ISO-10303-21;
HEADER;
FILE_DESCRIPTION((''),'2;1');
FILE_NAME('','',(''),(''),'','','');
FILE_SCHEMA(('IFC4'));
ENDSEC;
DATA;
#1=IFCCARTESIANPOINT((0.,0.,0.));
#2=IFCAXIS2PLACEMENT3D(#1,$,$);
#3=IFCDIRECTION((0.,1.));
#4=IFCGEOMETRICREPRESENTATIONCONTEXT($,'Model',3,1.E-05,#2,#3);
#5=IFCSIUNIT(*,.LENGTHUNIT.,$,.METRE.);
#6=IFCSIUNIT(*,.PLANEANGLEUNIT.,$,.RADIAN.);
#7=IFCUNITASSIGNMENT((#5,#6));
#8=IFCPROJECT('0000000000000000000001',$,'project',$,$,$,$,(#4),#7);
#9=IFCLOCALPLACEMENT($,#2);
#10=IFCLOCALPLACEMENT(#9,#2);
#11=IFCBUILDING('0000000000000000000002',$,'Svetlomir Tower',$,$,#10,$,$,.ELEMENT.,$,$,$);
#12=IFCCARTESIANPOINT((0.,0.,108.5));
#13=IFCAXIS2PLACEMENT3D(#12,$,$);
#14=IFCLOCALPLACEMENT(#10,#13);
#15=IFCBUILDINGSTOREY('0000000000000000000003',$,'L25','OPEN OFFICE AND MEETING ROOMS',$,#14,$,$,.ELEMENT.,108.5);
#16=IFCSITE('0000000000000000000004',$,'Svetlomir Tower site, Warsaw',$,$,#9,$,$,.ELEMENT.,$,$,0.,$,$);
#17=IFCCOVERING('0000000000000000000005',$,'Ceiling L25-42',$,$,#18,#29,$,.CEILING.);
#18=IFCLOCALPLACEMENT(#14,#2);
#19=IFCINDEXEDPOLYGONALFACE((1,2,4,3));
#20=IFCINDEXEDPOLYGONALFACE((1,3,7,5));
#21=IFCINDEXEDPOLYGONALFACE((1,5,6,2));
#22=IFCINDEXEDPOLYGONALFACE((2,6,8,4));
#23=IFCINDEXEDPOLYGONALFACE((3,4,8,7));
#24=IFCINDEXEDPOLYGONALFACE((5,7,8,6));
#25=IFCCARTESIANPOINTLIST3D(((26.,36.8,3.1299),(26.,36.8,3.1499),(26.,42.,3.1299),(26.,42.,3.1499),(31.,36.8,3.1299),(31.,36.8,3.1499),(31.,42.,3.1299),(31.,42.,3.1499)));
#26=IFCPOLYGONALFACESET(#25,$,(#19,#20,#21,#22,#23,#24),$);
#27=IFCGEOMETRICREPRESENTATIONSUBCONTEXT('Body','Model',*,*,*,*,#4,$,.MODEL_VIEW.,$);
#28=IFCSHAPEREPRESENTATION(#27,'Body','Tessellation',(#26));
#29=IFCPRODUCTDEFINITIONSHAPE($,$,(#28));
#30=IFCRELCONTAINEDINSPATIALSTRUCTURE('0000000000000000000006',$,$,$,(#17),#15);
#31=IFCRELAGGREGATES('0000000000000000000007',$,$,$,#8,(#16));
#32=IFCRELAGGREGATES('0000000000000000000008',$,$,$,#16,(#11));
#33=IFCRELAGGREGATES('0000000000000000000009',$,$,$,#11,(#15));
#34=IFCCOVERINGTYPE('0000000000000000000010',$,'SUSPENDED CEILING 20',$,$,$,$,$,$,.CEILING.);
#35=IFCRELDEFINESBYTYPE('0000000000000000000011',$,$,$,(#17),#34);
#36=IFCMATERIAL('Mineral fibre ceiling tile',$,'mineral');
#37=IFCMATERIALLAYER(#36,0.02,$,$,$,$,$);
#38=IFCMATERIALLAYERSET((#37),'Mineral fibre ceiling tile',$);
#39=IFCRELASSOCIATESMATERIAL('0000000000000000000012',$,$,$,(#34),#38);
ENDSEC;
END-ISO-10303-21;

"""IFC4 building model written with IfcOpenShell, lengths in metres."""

from ifc_helpers import new_model, si_unit, direction, frame, origin, place, context, subcontext, project, spatial, polyline, outline, extrude, material, layer, layer_set, type_object, element, save


model = new_model("IFC4")

# Units and contexts
model_context = context("Model", 3, precision=1e-05, world=origin(), true_north=direction((0.0, 1.0)))
body_context = subcontext(model_context, "Body", "Model", "MODEL_VIEW")
ifc_project = project(units=[si_unit("LENGTHUNIT", "METRE"), si_unit("PLANEANGLEUNIT", "RADIAN")], contexts=[model_context])

# Site, building, storey
site_placement = place(None, origin())
site = spatial("IfcSite", under=ifc_project, at=site_placement, Name="Svetlomir Tower site, Warsaw", CompositionType="ELEMENT", RefElevation=0.0)
building_placement = place(site_placement, origin())
building = spatial("IfcBuilding", under=site, at=building_placement, Name="Svetlomir Tower", CompositionType="ELEMENT")
storey_placement = place(building_placement, frame((0.0, 0.0, 108.5)))
storey = spatial("IfcBuildingStorey", under=building, at=storey_placement, Name="L25", Description="OPEN OFFICE AND MEETING ROOMS", CompositionType="ELEMENT", Elevation=108.5)

# Covering
ifc_material_1 = material(Name="Mineral fibre ceiling tile", Category="mineral")
ifc_layer_1 = layer(ifc_material_1, 0.02)
ifc_layer_set_1 = layer_set([ifc_layer_1], Name="Mineral fibre ceiling tile")
covering_type_1 = type_object("IfcCoveringType", Name="SUSPENDED CEILING 20", PredefinedType="CEILING", material=ifc_layer_set_1)
covering_1_placement = place(storey_placement, frame((0.0, 0.0, 3.1299)))
element("IfcCovering", 1, at=covering_1_placement, inside=storey, type_object=covering_type_1, Name="Ceiling L25-42", PredefinedType="CEILING", context=body_context, shape_type="SweptSolid", body=[
    extrude(outline(polyline([(26.0, 36.8), (26.0, 42.0), (31.0, 42.0), (31.0, 36.8), (26.0, 36.8)])), origin(), (0.0, 0.0, 1.0), 0.02),
])

save(model, "model.ifc")
